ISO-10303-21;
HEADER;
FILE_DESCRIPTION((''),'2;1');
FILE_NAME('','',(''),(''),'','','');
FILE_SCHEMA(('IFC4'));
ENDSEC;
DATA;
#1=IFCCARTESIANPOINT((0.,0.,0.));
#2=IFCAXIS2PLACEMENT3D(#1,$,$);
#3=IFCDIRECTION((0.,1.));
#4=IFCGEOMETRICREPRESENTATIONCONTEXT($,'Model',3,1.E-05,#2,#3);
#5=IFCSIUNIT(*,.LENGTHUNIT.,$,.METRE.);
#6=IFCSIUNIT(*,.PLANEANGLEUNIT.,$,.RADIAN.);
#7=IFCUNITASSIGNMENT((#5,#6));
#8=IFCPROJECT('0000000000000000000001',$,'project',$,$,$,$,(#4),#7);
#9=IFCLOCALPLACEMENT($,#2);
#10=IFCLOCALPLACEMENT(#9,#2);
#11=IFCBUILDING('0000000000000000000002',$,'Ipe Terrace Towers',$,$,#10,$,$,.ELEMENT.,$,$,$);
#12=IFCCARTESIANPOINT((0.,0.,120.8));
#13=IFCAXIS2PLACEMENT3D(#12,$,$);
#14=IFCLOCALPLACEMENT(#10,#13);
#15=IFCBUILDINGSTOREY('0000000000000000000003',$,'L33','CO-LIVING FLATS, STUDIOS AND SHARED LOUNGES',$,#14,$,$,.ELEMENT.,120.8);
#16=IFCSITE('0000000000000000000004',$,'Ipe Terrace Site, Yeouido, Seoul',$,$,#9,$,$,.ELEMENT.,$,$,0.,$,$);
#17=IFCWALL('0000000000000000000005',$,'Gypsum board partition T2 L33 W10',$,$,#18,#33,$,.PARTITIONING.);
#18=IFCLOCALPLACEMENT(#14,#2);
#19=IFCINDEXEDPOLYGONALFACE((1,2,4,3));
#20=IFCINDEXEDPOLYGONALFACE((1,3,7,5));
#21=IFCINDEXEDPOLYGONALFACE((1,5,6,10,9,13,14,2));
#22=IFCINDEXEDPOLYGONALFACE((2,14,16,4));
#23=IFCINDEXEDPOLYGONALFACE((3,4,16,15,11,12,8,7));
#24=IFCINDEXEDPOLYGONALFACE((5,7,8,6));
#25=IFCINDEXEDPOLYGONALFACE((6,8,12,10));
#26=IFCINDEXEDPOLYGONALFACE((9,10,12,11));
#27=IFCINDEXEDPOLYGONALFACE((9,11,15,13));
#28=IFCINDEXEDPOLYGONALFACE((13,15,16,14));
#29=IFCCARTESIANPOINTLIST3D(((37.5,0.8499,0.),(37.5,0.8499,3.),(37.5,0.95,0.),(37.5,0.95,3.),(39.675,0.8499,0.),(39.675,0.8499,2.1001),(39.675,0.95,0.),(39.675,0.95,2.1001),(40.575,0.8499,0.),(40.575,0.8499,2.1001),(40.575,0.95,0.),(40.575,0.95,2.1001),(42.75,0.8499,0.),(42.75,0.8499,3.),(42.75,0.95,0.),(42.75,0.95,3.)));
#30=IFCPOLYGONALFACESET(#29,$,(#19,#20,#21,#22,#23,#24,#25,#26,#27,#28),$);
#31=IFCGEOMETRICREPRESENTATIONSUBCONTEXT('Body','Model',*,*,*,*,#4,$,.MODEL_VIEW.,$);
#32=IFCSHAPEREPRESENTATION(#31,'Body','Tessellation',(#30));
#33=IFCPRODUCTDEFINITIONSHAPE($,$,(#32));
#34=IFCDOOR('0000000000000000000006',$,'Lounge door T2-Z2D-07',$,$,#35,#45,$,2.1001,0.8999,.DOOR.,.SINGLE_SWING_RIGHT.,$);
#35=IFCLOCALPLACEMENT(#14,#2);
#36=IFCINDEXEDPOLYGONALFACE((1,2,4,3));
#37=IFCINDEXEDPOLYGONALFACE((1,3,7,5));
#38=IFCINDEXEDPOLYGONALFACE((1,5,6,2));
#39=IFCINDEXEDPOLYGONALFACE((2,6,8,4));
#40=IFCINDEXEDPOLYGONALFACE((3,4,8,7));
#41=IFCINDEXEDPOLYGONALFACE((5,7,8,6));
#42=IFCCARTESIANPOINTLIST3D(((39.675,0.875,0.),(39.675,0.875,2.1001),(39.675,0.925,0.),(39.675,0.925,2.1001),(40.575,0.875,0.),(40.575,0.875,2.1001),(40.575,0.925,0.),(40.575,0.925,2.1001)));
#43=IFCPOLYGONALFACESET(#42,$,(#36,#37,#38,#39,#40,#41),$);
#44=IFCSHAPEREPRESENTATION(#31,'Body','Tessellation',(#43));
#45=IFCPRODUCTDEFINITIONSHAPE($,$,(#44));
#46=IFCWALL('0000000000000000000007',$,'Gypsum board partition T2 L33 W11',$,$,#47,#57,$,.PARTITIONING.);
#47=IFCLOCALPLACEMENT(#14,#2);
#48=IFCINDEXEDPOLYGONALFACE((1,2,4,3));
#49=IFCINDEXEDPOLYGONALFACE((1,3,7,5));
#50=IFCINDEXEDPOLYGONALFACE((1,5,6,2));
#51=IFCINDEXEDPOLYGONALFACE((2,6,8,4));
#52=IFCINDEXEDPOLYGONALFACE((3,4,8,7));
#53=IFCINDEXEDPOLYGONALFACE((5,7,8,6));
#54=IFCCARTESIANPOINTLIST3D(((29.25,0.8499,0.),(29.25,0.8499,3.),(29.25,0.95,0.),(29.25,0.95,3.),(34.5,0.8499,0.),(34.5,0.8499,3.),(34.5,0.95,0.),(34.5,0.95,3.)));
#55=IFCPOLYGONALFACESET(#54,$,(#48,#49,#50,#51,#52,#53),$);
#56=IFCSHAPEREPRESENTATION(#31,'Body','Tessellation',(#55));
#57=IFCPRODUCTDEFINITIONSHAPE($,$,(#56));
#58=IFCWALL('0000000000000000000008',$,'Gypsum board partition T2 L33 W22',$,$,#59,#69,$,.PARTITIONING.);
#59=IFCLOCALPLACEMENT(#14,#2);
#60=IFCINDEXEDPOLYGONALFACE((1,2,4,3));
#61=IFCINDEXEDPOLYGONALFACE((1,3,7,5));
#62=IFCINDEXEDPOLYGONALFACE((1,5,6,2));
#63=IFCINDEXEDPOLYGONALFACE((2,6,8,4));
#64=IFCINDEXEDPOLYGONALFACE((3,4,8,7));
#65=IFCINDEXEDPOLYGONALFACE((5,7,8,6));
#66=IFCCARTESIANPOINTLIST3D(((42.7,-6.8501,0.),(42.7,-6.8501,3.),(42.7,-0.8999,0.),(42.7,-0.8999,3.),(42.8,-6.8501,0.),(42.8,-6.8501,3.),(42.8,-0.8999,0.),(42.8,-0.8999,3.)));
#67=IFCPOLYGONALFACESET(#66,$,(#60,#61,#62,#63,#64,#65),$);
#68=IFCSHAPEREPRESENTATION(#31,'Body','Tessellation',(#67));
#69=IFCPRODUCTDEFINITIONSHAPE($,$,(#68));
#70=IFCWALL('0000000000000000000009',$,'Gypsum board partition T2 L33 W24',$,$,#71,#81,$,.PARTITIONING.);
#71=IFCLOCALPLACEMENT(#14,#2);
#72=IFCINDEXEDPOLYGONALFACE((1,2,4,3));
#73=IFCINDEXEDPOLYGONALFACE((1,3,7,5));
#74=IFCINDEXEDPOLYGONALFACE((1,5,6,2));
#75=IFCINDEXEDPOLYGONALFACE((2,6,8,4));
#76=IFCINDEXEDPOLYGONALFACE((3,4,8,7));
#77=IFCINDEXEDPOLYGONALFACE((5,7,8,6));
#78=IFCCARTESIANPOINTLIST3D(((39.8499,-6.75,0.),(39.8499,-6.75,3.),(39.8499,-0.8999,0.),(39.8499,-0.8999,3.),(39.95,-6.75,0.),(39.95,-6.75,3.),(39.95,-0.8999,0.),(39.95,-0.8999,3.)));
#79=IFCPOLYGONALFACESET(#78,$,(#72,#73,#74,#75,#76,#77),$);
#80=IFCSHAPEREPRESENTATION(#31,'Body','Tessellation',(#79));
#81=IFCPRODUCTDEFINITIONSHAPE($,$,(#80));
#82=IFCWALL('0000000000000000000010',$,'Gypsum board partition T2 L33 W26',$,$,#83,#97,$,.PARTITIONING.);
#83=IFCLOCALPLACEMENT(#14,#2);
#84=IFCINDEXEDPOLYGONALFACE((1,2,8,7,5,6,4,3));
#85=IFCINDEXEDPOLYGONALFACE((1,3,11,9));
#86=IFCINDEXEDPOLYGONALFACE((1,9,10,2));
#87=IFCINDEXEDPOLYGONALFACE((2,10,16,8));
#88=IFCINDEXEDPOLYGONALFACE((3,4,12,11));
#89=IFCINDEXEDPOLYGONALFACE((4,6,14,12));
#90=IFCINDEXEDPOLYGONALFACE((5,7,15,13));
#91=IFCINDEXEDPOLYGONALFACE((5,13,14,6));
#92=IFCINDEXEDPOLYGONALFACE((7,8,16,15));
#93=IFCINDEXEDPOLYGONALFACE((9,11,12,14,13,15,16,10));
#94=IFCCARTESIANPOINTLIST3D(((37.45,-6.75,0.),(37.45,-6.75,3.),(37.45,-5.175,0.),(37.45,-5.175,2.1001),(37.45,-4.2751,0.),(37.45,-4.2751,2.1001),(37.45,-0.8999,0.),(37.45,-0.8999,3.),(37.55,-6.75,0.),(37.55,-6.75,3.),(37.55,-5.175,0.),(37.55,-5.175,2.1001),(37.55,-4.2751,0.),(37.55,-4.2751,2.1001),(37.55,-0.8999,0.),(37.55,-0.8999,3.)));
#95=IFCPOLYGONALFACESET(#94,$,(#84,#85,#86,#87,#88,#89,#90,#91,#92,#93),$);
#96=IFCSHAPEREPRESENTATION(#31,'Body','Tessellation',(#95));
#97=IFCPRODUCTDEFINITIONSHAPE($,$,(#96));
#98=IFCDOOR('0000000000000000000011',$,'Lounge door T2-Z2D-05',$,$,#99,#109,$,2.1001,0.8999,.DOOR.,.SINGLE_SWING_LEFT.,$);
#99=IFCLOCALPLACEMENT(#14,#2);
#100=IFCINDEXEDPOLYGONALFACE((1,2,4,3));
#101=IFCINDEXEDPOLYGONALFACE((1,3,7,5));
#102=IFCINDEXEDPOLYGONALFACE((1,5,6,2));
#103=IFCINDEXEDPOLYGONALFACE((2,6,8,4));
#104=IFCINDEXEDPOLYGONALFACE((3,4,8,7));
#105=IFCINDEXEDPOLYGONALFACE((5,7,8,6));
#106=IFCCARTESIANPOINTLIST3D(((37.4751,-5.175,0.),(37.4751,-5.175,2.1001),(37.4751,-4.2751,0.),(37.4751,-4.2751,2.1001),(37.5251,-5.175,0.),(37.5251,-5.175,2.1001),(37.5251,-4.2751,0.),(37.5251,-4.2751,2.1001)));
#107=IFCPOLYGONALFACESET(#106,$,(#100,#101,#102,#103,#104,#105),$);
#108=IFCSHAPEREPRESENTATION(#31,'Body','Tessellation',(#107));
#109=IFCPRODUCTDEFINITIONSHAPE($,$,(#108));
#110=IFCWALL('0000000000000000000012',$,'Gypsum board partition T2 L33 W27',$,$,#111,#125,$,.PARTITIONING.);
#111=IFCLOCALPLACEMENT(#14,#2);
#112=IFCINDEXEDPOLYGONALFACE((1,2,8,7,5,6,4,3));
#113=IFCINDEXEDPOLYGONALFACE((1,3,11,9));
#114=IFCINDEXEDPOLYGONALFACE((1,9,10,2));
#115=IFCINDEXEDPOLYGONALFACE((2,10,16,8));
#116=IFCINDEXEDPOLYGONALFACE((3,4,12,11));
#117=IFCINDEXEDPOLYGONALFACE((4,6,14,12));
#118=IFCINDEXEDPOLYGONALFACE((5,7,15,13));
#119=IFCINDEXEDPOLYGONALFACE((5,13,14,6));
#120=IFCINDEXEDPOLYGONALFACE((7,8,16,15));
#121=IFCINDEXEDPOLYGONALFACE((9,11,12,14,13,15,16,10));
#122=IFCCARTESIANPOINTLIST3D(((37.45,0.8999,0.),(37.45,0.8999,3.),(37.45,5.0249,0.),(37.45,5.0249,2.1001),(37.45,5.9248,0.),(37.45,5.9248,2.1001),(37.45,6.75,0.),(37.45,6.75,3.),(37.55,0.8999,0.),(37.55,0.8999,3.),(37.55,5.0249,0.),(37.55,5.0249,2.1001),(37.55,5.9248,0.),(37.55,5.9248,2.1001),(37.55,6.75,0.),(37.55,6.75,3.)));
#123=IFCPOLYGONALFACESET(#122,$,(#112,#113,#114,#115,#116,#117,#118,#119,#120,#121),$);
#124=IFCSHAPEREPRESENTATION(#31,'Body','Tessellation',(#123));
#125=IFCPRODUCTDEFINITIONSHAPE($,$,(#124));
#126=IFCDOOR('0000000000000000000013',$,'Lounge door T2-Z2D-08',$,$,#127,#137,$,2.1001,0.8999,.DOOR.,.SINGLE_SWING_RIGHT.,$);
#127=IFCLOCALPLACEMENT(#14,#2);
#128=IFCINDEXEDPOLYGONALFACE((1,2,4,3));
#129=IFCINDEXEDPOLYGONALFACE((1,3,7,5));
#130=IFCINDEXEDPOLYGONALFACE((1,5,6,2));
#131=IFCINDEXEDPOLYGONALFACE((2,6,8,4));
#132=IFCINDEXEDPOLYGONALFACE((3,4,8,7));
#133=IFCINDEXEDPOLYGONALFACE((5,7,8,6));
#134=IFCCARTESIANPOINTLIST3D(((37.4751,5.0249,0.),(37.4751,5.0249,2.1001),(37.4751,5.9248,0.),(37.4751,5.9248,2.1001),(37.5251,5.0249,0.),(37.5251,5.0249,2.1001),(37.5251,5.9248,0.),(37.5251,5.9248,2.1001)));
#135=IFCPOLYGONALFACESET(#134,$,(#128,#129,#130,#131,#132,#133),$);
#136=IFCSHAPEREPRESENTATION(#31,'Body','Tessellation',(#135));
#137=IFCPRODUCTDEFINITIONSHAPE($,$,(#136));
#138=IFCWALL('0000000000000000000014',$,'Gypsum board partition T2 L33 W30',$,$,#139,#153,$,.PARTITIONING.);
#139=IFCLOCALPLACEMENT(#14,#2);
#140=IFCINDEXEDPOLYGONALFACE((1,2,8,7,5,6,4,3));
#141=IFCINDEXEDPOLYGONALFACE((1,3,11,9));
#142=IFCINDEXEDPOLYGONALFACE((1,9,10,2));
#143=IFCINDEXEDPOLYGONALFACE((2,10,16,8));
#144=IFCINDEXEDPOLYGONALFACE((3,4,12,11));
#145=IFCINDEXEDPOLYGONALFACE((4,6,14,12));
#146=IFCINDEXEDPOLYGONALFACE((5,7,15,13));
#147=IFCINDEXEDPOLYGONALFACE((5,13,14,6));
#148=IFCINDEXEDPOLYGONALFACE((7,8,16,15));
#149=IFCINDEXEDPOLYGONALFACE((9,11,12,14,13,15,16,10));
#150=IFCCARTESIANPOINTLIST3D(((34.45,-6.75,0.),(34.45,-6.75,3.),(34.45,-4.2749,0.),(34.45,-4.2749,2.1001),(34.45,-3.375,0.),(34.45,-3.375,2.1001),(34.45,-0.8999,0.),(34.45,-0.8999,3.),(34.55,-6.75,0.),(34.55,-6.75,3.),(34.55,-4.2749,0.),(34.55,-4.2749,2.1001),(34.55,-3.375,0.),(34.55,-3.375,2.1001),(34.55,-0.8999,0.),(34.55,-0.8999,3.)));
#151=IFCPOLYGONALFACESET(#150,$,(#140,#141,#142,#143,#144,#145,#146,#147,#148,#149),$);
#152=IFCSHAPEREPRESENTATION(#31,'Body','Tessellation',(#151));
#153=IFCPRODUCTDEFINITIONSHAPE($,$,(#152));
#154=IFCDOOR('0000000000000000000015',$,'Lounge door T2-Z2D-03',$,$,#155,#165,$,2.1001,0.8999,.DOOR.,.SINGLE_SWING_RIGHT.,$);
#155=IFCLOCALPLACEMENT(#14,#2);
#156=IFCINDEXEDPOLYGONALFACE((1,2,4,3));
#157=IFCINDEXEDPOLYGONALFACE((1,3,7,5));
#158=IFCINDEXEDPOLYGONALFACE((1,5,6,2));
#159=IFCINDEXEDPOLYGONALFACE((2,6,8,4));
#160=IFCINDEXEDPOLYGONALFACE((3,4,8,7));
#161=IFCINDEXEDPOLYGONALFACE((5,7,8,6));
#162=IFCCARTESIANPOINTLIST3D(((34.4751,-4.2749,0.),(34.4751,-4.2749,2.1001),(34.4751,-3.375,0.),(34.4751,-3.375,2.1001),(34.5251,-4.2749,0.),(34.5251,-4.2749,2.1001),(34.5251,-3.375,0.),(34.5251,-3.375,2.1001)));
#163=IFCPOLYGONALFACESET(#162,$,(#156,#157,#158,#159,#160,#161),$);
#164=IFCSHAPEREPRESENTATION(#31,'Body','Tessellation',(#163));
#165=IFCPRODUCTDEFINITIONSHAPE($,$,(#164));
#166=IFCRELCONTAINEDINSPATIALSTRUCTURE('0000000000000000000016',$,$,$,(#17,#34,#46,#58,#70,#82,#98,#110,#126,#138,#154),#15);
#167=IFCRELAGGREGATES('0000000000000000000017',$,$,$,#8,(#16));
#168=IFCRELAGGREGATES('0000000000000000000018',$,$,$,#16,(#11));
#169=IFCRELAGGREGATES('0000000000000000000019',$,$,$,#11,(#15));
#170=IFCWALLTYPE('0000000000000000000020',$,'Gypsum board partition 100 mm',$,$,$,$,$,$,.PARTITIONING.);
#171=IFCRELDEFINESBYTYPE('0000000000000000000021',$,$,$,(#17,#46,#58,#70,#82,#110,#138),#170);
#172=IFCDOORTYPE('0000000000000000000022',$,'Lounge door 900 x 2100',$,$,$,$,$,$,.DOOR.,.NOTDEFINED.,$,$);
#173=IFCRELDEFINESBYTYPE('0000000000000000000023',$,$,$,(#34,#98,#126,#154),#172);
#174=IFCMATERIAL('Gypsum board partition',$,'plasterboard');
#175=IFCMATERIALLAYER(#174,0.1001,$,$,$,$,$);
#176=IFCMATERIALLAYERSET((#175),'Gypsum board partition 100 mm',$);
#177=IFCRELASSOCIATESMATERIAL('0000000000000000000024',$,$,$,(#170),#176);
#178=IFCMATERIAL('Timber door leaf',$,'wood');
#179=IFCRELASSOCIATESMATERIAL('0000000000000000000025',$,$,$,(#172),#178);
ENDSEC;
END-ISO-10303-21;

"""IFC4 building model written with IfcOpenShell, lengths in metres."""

from ifc_helpers import new_model, si_unit, direction, frame, frame_2d, origin, place, context, subcontext, project, spatial, rectangle, extrude, material, layer, layer_set, type_object, element, fill, save


model = new_model("IFC4")

# Units and contexts
model_context = context("Model", 3, precision=1e-05, world=origin(), true_north=direction((0.0, 1.0)))
body_context = subcontext(model_context, "Body", "Model", "MODEL_VIEW")
ifc_project = project(units=[si_unit("LENGTHUNIT", "METRE"), si_unit("PLANEANGLEUNIT", "RADIAN")], contexts=[model_context])

# Site, building, storey
site_placement = place(None, origin())
site = spatial("IfcSite", under=ifc_project, at=site_placement, Name="Ipe Terrace Site, Yeouido, Seoul", CompositionType="ELEMENT", RefElevation=0.0)
building_placement = place(site_placement, origin())
building = spatial("IfcBuilding", under=site, at=building_placement, Name="Ipe Terrace Towers", CompositionType="ELEMENT")
storey_placement = place(building_placement, frame((0.0, 0.0, 120.8)))
storey = spatial("IfcBuildingStorey", under=building, at=storey_placement, Name="L33", Description="CO-LIVING FLATS, STUDIOS AND SHARED LOUNGES", CompositionType="ELEMENT", Elevation=120.8)

# Shared definitions
ifc_material_1 = material(Name="Gypsum board partition", Category="plasterboard")
ifc_layer_1 = layer(ifc_material_1, 0.1001)
ifc_layer_set_1 = layer_set([ifc_layer_1], Name="Gypsum board partition 100 mm")
wall_type_1 = type_object("IfcWallType", Name="Gypsum board partition 100 mm", PredefinedType="PARTITIONING", material=ifc_layer_set_1)

# Shared definitions
ifc_material_2 = material(Name="Timber door leaf", Category="wood")
door_type_1 = type_object("IfcDoorType", Name="Lounge door 900 x 2100", OperationType="NOTDEFINED", PredefinedType="DOOR", material=ifc_material_2)

# Wall, opening, door
wall_1_placement = place(storey_placement, frame((42.75, 0.8999, 0.0), z_axis=(0.0, 0.0, 1.0), x_axis=(-1.0, 0.0, 0.0)))
wall_1 = element("IfcWall", 1, at=wall_1_placement, inside=storey, type_object=wall_type_1, Name="Gypsum board partition T2 L33 W10", PredefinedType="PARTITIONING", context=body_context, shape_type="SweptSolid", body=[
    extrude(rectangle(XDim=5.25, YDim=0.1001, at=frame_2d((2.625, 0.0))), origin(), (0.0, 0.0, 1.0), 3.0),
])
opening_1_placement = place(wall_1_placement, frame((2.175, 0.0, 0.0)))
opening_1 = element("IfcOpeningElement", 2, at=opening_1_placement, cuts=wall_1, PredefinedType="OPENING", context=body_context, shape_type="SweptSolid", body=[
    extrude(rectangle(XDim=0.8999, YDim=2.1001, at=frame_2d((0.45, 1.05))), frame((0.0, 0.0601, 0.0), z_axis=(0.0, -1.0, 0.0), x_axis=(1.0, 0.0, 0.0)), (0.0, 0.0, 1.0), 0.1201),
])
door_1_placement = place(opening_1_placement, origin())
door_1 = element("IfcDoor", 3, at=door_1_placement, inside=storey, type_object=door_type_1, Name="Lounge door T2-Z2D-07", OperationType="SINGLE_SWING_RIGHT", OverallHeight=2.1001, OverallWidth=0.8999, PredefinedType="DOOR", context=body_context, shape_type="SweptSolid", body=[
    extrude(rectangle(XDim=0.8999, YDim=2.1001, at=frame_2d((0.45, 1.05))), frame((0.0, 0.0249, 0.0), z_axis=(0.0, -1.0, 0.0), x_axis=(1.0, 0.0, 0.0)), (0.0, 0.0, 1.0), 0.05),
])
fill(opening_1, door_1)

# Walls
wall_2_placement = place(storey_placement, frame((34.5, 0.8999, 0.0), z_axis=(0.0, 0.0, 1.0), x_axis=(-1.0, 0.0, 0.0)))
element("IfcWall", 4, at=wall_2_placement, inside=storey, type_object=wall_type_1, Name="Gypsum board partition T2 L33 W11", PredefinedType="PARTITIONING", context=body_context, shape_type="SweptSolid", body=[
    extrude(rectangle(XDim=5.25, YDim=0.1001, at=frame_2d((2.625, 0.0))), origin(), (0.0, 0.0, 1.0), 3.0),
])
wall_3_placement = place(storey_placement, frame((42.75, -6.8501, 0.0), z_axis=(0.0, 0.0, 1.0), x_axis=(0.0, 1.0, 0.0)))
element("IfcWall", 5, at=wall_3_placement, inside=storey, type_object=wall_type_1, Name="Gypsum board partition T2 L33 W22", PredefinedType="PARTITIONING", context=body_context, shape_type="SweptSolid", body=[
    extrude(rectangle(XDim=5.9502, YDim=0.1001, at=frame_2d((2.9751, 0.0))), origin(), (0.0, 0.0, 1.0), 3.0),
])
wall_4_placement = place(storey_placement, frame((39.8999, -6.75, 0.0), z_axis=(0.0, 0.0, 1.0), x_axis=(0.0, 1.0, 0.0)))
element("IfcWall", 6, at=wall_4_placement, inside=storey, type_object=wall_type_1, Name="Gypsum board partition T2 L33 W24", PredefinedType="PARTITIONING", context=body_context, shape_type="SweptSolid", body=[
    extrude(rectangle(XDim=5.8501, YDim=0.1001, at=frame_2d((2.925, 0.0))), origin(), (0.0, 0.0, 1.0), 3.0),
])

# Walls, openings, doors
wall_5_placement = place(storey_placement, frame((37.5, -6.75, 0.0), z_axis=(0.0, 0.0, 1.0), x_axis=(0.0, 1.0, 0.0)))
wall_5 = element("IfcWall", 7, at=wall_5_placement, inside=storey, type_object=wall_type_1, Name="Gypsum board partition T2 L33 W26", PredefinedType="PARTITIONING", context=body_context, shape_type="SweptSolid", body=[
    extrude(rectangle(XDim=5.8501, YDim=0.1001, at=frame_2d((2.925, 0.0))), origin(), (0.0, 0.0, 1.0), 3.0),
])
opening_2_placement = place(wall_5_placement, frame((1.575, 0.0, 0.0)))
opening_2 = element("IfcOpeningElement", 8, at=opening_2_placement, cuts=wall_5, PredefinedType="OPENING", context=body_context, shape_type="SweptSolid", body=[
    extrude(rectangle(XDim=0.8999, YDim=2.1001, at=frame_2d((0.45, 1.05))), frame((0.0, 0.0601, 0.0), z_axis=(0.0, -1.0, 0.0), x_axis=(1.0, 0.0, 0.0)), (0.0, 0.0, 1.0), 0.1201),
])
door_2_placement = place(opening_2_placement, origin())
door_2 = element("IfcDoor", 9, at=door_2_placement, inside=storey, type_object=door_type_1, Name="Lounge door T2-Z2D-05", OperationType="SINGLE_SWING_LEFT", OverallHeight=2.1001, OverallWidth=0.8999, PredefinedType="DOOR", context=body_context, shape_type="SweptSolid", body=[
    extrude(rectangle(XDim=0.8999, YDim=2.1001, at=frame_2d((0.45, 1.05))), frame((0.0, 0.0249, 0.0), z_axis=(0.0, -1.0, 0.0), x_axis=(1.0, 0.0, 0.0)), (0.0, 0.0, 1.0), 0.05),
])
fill(opening_2, door_2)
wall_6_placement = place(storey_placement, frame((37.5, 0.8999, 0.0), z_axis=(0.0, 0.0, 1.0), x_axis=(0.0, 1.0, 0.0)))
wall_6 = element("IfcWall", 10, at=wall_6_placement, inside=storey, type_object=wall_type_1, Name="Gypsum board partition T2 L33 W27", PredefinedType="PARTITIONING", context=body_context, shape_type="SweptSolid", body=[
    extrude(rectangle(XDim=5.8501, YDim=0.1001, at=frame_2d((2.925, 0.0))), origin(), (0.0, 0.0, 1.0), 3.0),
])
opening_3_placement = place(wall_6_placement, frame((4.125, 0.0, 0.0)))
opening_3 = element("IfcOpeningElement", 11, at=opening_3_placement, cuts=wall_6, PredefinedType="OPENING", context=body_context, shape_type="SweptSolid", body=[
    extrude(rectangle(XDim=0.8999, YDim=2.1001, at=frame_2d((0.45, 1.05))), frame((0.0, 0.0601, 0.0), z_axis=(0.0, -1.0, 0.0), x_axis=(1.0, 0.0, 0.0)), (0.0, 0.0, 1.0), 0.1201),
])
door_3_placement = place(opening_3_placement, origin())
door_3 = element("IfcDoor", 12, at=door_3_placement, inside=storey, type_object=door_type_1, Name="Lounge door T2-Z2D-08", OperationType="SINGLE_SWING_RIGHT", OverallHeight=2.1001, OverallWidth=0.8999, PredefinedType="DOOR", context=body_context, shape_type="SweptSolid", body=[
    extrude(rectangle(XDim=0.8999, YDim=2.1001, at=frame_2d((0.45, 1.05))), frame((0.0, 0.0249, 0.0), z_axis=(0.0, -1.0, 0.0), x_axis=(1.0, 0.0, 0.0)), (0.0, 0.0, 1.0), 0.05),
])
fill(opening_3, door_3)
wall_7_placement = place(storey_placement, frame((34.5, -6.75, 0.0), z_axis=(0.0, 0.0, 1.0), x_axis=(0.0, 1.0, 0.0)))
wall_7 = element("IfcWall", 13, at=wall_7_placement, inside=storey, type_object=wall_type_1, Name="Gypsum board partition T2 L33 W30", PredefinedType="PARTITIONING", context=body_context, shape_type="SweptSolid", body=[
    extrude(rectangle(XDim=5.8501, YDim=0.1001, at=frame_2d((2.925, 0.0))), origin(), (0.0, 0.0, 1.0), 3.0),
])
opening_4_placement = place(wall_7_placement, frame((2.4751, 0.0, 0.0)))
opening_4 = element("IfcOpeningElement", 14, at=opening_4_placement, cuts=wall_7, PredefinedType="OPENING", context=body_context, shape_type="SweptSolid", body=[
    extrude(rectangle(XDim=0.8999, YDim=2.1001, at=frame_2d((0.45, 1.05))), frame((0.0, 0.0601, 0.0), z_axis=(0.0, -1.0, 0.0), x_axis=(1.0, 0.0, 0.0)), (0.0, 0.0, 1.0), 0.1201),
])
door_4_placement = place(opening_4_placement, origin())
door_4 = element("IfcDoor", 15, at=door_4_placement, inside=storey, type_object=door_type_1, Name="Lounge door T2-Z2D-03", OperationType="SINGLE_SWING_RIGHT", OverallHeight=2.1001, OverallWidth=0.8999, PredefinedType="DOOR", context=body_context, shape_type="SweptSolid", body=[
    extrude(rectangle(XDim=0.8999, YDim=2.1001, at=frame_2d((0.45, 1.05))), frame((0.0, 0.0249, 0.0), z_axis=(0.0, -1.0, 0.0), x_axis=(1.0, 0.0, 0.0)), (0.0, 0.0, 1.0), 0.05),
])
fill(opening_4, door_4)

save(model, "model.ifc")
